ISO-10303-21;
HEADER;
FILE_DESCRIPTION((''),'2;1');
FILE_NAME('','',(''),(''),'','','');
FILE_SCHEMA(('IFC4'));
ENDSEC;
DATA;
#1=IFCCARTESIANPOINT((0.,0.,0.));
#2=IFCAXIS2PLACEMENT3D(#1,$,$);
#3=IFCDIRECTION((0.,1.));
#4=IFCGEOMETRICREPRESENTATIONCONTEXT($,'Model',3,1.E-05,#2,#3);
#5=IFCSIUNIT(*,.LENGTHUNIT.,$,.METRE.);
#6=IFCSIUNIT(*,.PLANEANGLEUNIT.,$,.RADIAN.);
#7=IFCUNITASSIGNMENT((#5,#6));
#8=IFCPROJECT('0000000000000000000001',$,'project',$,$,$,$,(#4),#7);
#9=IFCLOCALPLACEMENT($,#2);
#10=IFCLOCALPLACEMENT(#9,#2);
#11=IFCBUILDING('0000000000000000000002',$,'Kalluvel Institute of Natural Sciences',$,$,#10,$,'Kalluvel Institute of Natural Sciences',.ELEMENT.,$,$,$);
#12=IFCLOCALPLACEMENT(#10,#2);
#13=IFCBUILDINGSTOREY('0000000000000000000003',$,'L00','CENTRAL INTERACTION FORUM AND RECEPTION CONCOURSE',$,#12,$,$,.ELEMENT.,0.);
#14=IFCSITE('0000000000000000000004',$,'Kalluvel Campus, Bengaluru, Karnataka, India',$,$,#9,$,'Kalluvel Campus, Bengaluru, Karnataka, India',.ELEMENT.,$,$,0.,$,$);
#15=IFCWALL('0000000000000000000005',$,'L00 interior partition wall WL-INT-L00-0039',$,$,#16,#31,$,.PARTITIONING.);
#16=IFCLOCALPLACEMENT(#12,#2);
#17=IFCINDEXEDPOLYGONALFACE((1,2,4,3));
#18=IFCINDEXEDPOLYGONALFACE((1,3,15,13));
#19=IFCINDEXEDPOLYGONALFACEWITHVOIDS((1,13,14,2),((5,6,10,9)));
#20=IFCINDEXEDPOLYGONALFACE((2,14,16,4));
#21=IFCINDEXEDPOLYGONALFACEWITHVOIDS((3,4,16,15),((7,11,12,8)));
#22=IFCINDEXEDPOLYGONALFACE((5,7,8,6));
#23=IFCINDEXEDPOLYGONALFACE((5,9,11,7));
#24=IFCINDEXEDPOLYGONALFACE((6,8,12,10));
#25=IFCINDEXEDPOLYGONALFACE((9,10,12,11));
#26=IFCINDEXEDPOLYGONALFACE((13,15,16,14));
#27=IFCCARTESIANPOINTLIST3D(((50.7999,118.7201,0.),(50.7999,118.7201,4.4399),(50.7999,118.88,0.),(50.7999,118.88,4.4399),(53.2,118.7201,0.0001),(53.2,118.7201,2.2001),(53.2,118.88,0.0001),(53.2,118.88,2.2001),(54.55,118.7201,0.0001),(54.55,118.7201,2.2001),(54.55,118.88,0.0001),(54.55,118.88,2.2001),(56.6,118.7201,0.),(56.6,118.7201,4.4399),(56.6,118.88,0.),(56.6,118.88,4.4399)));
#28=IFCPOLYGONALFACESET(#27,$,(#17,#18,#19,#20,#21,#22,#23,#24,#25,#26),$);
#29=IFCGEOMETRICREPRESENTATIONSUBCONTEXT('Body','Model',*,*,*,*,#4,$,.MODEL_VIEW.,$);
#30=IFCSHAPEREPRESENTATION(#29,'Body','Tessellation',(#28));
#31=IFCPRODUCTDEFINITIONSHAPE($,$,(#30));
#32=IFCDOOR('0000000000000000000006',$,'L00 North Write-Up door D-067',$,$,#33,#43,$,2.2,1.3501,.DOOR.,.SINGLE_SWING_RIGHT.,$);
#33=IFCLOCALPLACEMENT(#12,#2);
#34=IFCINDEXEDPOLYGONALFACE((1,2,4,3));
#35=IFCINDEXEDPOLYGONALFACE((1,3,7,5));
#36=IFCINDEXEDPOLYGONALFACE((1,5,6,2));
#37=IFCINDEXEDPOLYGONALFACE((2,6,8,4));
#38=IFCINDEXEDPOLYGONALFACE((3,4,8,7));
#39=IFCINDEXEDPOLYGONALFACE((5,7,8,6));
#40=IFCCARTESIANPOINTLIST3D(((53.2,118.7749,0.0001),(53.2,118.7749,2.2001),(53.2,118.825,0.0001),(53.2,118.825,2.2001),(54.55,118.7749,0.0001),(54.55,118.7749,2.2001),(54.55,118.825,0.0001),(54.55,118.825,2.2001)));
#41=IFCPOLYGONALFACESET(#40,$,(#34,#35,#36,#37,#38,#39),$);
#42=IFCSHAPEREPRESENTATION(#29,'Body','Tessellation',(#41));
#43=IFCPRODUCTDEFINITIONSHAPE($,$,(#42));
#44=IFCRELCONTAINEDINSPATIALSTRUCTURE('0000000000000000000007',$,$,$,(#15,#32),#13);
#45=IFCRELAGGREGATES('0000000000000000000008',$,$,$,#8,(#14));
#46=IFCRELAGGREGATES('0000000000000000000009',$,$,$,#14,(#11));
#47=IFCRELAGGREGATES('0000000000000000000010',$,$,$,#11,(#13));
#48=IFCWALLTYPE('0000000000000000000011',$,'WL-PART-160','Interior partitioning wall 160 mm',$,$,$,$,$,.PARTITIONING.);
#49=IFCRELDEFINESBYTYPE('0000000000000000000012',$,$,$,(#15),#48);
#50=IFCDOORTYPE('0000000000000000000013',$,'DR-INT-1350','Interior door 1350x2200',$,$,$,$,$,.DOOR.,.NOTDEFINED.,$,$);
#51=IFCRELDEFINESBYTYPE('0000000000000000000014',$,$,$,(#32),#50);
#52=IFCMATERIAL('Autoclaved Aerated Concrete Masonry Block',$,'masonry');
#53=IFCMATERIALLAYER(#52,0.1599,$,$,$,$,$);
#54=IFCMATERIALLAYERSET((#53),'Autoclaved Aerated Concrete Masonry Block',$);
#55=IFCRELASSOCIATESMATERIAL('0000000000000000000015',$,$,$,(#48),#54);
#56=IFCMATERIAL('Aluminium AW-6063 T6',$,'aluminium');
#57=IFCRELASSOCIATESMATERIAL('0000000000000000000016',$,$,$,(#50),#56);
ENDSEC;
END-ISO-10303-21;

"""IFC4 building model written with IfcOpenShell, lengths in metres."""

from ifc_helpers import new_model, si_unit, direction, frame, frame_2d, origin, place, context, subcontext, project, spatial, rectangle, extrude, material, layer, layer_set, type_object, element, fill, save


model = new_model("IFC4")

# Units and contexts
model_context = context("Model", 3, precision=1e-05, world=origin(), true_north=direction((0.0, 1.0)))
body_context = subcontext(model_context, "Body", "Model", "MODEL_VIEW")
ifc_project = project(units=[si_unit("LENGTHUNIT", "METRE"), si_unit("PLANEANGLEUNIT", "RADIAN")], contexts=[model_context])

# Site, building, storey
site_placement = place(None, origin())
site = spatial("IfcSite", under=ifc_project, at=site_placement, Name="Kalluvel Campus, Bengaluru, Karnataka, India", LongName="Kalluvel Campus, Bengaluru, Karnataka, India", CompositionType="ELEMENT", RefElevation=0.0)
building_placement = place(site_placement, origin())
building = spatial("IfcBuilding", under=site, at=building_placement, Name="Kalluvel Institute of Natural Sciences", LongName="Kalluvel Institute of Natural Sciences", CompositionType="ELEMENT")
storey_placement = place(building_placement, origin())
storey = spatial("IfcBuildingStorey", under=building, at=storey_placement, Name="L00", Description="CENTRAL INTERACTION FORUM AND RECEPTION CONCOURSE", CompositionType="ELEMENT", Elevation=0.0)

# Shared definitions
ifc_material_1 = material(Name="Autoclaved Aerated Concrete Masonry Block", Category="masonry")

# Wall, opening, door
ifc_layer_1 = layer(ifc_material_1, 0.1599)
ifc_layer_set_1 = layer_set([ifc_layer_1], Name="Autoclaved Aerated Concrete Masonry Block")
wall_type_1 = type_object("IfcWallType", Name="WL-PART-160", Description="Interior partitioning wall 160 mm", PredefinedType="PARTITIONING", material=ifc_layer_set_1)
wall_1_placement = place(storey_placement, frame((50.8, 118.8, 0.0), z_axis=(0.0, 0.0, 1.0), x_axis=(1.0, 0.0, 0.0)))
wall_1 = element("IfcWall", 1, at=wall_1_placement, inside=storey, type_object=wall_type_1, Name="L00 interior partition wall WL-INT-L00-0039", PredefinedType="PARTITIONING", context=body_context, shape_type="SweptSolid", body=[
    extrude(rectangle(XDim=5.8, YDim=0.1599, at=frame_2d((2.8999, 0.0))), origin(), (0.0, 0.0, 1.0), 4.4399),
])
opening_1_placement = place(wall_1_placement, frame((2.3999, 0.0, 0.0)))
opening_1 = element("IfcOpeningElement", 2, at=opening_1_placement, cuts=wall_1, PredefinedType="OPENING", context=body_context, shape_type="SweptSolid", body=[
    extrude(rectangle(XDim=1.3501, YDim=2.2, at=frame_2d((0.675, 1.1001))), frame((0.0, 0.0898, 0.0), z_axis=(0.0, -1.0, 0.0), x_axis=(1.0, 0.0, 0.0)), (0.0, 0.0, 1.0), 0.1799),
])
ifc_material_2 = material(Name="Aluminium AW-6063 T6", Category="aluminium")
door_type_1 = type_object("IfcDoorType", Name="DR-INT-1350", Description="Interior door 1350x2200", OperationType="NOTDEFINED", PredefinedType="DOOR", material=ifc_material_2)
door_1_placement = place(opening_1_placement, origin())
door_1 = element("IfcDoor", 3, at=door_1_placement, inside=storey, type_object=door_type_1, Name="L00 North Write-Up door D-067", OperationType="SINGLE_SWING_RIGHT", OverallHeight=2.2, OverallWidth=1.3501, PredefinedType="DOOR", context=body_context, shape_type="SweptSolid", body=[
    extrude(rectangle(XDim=1.3501, YDim=2.2, at=frame_2d((0.675, 1.1001))), frame((0.0, 0.0249, 0.0), z_axis=(0.0, -1.0, 0.0), x_axis=(1.0, 0.0, 0.0)), (0.0, 0.0, 1.0), 0.05),
])
fill(opening_1, door_1)

save(model, "model.ifc")
